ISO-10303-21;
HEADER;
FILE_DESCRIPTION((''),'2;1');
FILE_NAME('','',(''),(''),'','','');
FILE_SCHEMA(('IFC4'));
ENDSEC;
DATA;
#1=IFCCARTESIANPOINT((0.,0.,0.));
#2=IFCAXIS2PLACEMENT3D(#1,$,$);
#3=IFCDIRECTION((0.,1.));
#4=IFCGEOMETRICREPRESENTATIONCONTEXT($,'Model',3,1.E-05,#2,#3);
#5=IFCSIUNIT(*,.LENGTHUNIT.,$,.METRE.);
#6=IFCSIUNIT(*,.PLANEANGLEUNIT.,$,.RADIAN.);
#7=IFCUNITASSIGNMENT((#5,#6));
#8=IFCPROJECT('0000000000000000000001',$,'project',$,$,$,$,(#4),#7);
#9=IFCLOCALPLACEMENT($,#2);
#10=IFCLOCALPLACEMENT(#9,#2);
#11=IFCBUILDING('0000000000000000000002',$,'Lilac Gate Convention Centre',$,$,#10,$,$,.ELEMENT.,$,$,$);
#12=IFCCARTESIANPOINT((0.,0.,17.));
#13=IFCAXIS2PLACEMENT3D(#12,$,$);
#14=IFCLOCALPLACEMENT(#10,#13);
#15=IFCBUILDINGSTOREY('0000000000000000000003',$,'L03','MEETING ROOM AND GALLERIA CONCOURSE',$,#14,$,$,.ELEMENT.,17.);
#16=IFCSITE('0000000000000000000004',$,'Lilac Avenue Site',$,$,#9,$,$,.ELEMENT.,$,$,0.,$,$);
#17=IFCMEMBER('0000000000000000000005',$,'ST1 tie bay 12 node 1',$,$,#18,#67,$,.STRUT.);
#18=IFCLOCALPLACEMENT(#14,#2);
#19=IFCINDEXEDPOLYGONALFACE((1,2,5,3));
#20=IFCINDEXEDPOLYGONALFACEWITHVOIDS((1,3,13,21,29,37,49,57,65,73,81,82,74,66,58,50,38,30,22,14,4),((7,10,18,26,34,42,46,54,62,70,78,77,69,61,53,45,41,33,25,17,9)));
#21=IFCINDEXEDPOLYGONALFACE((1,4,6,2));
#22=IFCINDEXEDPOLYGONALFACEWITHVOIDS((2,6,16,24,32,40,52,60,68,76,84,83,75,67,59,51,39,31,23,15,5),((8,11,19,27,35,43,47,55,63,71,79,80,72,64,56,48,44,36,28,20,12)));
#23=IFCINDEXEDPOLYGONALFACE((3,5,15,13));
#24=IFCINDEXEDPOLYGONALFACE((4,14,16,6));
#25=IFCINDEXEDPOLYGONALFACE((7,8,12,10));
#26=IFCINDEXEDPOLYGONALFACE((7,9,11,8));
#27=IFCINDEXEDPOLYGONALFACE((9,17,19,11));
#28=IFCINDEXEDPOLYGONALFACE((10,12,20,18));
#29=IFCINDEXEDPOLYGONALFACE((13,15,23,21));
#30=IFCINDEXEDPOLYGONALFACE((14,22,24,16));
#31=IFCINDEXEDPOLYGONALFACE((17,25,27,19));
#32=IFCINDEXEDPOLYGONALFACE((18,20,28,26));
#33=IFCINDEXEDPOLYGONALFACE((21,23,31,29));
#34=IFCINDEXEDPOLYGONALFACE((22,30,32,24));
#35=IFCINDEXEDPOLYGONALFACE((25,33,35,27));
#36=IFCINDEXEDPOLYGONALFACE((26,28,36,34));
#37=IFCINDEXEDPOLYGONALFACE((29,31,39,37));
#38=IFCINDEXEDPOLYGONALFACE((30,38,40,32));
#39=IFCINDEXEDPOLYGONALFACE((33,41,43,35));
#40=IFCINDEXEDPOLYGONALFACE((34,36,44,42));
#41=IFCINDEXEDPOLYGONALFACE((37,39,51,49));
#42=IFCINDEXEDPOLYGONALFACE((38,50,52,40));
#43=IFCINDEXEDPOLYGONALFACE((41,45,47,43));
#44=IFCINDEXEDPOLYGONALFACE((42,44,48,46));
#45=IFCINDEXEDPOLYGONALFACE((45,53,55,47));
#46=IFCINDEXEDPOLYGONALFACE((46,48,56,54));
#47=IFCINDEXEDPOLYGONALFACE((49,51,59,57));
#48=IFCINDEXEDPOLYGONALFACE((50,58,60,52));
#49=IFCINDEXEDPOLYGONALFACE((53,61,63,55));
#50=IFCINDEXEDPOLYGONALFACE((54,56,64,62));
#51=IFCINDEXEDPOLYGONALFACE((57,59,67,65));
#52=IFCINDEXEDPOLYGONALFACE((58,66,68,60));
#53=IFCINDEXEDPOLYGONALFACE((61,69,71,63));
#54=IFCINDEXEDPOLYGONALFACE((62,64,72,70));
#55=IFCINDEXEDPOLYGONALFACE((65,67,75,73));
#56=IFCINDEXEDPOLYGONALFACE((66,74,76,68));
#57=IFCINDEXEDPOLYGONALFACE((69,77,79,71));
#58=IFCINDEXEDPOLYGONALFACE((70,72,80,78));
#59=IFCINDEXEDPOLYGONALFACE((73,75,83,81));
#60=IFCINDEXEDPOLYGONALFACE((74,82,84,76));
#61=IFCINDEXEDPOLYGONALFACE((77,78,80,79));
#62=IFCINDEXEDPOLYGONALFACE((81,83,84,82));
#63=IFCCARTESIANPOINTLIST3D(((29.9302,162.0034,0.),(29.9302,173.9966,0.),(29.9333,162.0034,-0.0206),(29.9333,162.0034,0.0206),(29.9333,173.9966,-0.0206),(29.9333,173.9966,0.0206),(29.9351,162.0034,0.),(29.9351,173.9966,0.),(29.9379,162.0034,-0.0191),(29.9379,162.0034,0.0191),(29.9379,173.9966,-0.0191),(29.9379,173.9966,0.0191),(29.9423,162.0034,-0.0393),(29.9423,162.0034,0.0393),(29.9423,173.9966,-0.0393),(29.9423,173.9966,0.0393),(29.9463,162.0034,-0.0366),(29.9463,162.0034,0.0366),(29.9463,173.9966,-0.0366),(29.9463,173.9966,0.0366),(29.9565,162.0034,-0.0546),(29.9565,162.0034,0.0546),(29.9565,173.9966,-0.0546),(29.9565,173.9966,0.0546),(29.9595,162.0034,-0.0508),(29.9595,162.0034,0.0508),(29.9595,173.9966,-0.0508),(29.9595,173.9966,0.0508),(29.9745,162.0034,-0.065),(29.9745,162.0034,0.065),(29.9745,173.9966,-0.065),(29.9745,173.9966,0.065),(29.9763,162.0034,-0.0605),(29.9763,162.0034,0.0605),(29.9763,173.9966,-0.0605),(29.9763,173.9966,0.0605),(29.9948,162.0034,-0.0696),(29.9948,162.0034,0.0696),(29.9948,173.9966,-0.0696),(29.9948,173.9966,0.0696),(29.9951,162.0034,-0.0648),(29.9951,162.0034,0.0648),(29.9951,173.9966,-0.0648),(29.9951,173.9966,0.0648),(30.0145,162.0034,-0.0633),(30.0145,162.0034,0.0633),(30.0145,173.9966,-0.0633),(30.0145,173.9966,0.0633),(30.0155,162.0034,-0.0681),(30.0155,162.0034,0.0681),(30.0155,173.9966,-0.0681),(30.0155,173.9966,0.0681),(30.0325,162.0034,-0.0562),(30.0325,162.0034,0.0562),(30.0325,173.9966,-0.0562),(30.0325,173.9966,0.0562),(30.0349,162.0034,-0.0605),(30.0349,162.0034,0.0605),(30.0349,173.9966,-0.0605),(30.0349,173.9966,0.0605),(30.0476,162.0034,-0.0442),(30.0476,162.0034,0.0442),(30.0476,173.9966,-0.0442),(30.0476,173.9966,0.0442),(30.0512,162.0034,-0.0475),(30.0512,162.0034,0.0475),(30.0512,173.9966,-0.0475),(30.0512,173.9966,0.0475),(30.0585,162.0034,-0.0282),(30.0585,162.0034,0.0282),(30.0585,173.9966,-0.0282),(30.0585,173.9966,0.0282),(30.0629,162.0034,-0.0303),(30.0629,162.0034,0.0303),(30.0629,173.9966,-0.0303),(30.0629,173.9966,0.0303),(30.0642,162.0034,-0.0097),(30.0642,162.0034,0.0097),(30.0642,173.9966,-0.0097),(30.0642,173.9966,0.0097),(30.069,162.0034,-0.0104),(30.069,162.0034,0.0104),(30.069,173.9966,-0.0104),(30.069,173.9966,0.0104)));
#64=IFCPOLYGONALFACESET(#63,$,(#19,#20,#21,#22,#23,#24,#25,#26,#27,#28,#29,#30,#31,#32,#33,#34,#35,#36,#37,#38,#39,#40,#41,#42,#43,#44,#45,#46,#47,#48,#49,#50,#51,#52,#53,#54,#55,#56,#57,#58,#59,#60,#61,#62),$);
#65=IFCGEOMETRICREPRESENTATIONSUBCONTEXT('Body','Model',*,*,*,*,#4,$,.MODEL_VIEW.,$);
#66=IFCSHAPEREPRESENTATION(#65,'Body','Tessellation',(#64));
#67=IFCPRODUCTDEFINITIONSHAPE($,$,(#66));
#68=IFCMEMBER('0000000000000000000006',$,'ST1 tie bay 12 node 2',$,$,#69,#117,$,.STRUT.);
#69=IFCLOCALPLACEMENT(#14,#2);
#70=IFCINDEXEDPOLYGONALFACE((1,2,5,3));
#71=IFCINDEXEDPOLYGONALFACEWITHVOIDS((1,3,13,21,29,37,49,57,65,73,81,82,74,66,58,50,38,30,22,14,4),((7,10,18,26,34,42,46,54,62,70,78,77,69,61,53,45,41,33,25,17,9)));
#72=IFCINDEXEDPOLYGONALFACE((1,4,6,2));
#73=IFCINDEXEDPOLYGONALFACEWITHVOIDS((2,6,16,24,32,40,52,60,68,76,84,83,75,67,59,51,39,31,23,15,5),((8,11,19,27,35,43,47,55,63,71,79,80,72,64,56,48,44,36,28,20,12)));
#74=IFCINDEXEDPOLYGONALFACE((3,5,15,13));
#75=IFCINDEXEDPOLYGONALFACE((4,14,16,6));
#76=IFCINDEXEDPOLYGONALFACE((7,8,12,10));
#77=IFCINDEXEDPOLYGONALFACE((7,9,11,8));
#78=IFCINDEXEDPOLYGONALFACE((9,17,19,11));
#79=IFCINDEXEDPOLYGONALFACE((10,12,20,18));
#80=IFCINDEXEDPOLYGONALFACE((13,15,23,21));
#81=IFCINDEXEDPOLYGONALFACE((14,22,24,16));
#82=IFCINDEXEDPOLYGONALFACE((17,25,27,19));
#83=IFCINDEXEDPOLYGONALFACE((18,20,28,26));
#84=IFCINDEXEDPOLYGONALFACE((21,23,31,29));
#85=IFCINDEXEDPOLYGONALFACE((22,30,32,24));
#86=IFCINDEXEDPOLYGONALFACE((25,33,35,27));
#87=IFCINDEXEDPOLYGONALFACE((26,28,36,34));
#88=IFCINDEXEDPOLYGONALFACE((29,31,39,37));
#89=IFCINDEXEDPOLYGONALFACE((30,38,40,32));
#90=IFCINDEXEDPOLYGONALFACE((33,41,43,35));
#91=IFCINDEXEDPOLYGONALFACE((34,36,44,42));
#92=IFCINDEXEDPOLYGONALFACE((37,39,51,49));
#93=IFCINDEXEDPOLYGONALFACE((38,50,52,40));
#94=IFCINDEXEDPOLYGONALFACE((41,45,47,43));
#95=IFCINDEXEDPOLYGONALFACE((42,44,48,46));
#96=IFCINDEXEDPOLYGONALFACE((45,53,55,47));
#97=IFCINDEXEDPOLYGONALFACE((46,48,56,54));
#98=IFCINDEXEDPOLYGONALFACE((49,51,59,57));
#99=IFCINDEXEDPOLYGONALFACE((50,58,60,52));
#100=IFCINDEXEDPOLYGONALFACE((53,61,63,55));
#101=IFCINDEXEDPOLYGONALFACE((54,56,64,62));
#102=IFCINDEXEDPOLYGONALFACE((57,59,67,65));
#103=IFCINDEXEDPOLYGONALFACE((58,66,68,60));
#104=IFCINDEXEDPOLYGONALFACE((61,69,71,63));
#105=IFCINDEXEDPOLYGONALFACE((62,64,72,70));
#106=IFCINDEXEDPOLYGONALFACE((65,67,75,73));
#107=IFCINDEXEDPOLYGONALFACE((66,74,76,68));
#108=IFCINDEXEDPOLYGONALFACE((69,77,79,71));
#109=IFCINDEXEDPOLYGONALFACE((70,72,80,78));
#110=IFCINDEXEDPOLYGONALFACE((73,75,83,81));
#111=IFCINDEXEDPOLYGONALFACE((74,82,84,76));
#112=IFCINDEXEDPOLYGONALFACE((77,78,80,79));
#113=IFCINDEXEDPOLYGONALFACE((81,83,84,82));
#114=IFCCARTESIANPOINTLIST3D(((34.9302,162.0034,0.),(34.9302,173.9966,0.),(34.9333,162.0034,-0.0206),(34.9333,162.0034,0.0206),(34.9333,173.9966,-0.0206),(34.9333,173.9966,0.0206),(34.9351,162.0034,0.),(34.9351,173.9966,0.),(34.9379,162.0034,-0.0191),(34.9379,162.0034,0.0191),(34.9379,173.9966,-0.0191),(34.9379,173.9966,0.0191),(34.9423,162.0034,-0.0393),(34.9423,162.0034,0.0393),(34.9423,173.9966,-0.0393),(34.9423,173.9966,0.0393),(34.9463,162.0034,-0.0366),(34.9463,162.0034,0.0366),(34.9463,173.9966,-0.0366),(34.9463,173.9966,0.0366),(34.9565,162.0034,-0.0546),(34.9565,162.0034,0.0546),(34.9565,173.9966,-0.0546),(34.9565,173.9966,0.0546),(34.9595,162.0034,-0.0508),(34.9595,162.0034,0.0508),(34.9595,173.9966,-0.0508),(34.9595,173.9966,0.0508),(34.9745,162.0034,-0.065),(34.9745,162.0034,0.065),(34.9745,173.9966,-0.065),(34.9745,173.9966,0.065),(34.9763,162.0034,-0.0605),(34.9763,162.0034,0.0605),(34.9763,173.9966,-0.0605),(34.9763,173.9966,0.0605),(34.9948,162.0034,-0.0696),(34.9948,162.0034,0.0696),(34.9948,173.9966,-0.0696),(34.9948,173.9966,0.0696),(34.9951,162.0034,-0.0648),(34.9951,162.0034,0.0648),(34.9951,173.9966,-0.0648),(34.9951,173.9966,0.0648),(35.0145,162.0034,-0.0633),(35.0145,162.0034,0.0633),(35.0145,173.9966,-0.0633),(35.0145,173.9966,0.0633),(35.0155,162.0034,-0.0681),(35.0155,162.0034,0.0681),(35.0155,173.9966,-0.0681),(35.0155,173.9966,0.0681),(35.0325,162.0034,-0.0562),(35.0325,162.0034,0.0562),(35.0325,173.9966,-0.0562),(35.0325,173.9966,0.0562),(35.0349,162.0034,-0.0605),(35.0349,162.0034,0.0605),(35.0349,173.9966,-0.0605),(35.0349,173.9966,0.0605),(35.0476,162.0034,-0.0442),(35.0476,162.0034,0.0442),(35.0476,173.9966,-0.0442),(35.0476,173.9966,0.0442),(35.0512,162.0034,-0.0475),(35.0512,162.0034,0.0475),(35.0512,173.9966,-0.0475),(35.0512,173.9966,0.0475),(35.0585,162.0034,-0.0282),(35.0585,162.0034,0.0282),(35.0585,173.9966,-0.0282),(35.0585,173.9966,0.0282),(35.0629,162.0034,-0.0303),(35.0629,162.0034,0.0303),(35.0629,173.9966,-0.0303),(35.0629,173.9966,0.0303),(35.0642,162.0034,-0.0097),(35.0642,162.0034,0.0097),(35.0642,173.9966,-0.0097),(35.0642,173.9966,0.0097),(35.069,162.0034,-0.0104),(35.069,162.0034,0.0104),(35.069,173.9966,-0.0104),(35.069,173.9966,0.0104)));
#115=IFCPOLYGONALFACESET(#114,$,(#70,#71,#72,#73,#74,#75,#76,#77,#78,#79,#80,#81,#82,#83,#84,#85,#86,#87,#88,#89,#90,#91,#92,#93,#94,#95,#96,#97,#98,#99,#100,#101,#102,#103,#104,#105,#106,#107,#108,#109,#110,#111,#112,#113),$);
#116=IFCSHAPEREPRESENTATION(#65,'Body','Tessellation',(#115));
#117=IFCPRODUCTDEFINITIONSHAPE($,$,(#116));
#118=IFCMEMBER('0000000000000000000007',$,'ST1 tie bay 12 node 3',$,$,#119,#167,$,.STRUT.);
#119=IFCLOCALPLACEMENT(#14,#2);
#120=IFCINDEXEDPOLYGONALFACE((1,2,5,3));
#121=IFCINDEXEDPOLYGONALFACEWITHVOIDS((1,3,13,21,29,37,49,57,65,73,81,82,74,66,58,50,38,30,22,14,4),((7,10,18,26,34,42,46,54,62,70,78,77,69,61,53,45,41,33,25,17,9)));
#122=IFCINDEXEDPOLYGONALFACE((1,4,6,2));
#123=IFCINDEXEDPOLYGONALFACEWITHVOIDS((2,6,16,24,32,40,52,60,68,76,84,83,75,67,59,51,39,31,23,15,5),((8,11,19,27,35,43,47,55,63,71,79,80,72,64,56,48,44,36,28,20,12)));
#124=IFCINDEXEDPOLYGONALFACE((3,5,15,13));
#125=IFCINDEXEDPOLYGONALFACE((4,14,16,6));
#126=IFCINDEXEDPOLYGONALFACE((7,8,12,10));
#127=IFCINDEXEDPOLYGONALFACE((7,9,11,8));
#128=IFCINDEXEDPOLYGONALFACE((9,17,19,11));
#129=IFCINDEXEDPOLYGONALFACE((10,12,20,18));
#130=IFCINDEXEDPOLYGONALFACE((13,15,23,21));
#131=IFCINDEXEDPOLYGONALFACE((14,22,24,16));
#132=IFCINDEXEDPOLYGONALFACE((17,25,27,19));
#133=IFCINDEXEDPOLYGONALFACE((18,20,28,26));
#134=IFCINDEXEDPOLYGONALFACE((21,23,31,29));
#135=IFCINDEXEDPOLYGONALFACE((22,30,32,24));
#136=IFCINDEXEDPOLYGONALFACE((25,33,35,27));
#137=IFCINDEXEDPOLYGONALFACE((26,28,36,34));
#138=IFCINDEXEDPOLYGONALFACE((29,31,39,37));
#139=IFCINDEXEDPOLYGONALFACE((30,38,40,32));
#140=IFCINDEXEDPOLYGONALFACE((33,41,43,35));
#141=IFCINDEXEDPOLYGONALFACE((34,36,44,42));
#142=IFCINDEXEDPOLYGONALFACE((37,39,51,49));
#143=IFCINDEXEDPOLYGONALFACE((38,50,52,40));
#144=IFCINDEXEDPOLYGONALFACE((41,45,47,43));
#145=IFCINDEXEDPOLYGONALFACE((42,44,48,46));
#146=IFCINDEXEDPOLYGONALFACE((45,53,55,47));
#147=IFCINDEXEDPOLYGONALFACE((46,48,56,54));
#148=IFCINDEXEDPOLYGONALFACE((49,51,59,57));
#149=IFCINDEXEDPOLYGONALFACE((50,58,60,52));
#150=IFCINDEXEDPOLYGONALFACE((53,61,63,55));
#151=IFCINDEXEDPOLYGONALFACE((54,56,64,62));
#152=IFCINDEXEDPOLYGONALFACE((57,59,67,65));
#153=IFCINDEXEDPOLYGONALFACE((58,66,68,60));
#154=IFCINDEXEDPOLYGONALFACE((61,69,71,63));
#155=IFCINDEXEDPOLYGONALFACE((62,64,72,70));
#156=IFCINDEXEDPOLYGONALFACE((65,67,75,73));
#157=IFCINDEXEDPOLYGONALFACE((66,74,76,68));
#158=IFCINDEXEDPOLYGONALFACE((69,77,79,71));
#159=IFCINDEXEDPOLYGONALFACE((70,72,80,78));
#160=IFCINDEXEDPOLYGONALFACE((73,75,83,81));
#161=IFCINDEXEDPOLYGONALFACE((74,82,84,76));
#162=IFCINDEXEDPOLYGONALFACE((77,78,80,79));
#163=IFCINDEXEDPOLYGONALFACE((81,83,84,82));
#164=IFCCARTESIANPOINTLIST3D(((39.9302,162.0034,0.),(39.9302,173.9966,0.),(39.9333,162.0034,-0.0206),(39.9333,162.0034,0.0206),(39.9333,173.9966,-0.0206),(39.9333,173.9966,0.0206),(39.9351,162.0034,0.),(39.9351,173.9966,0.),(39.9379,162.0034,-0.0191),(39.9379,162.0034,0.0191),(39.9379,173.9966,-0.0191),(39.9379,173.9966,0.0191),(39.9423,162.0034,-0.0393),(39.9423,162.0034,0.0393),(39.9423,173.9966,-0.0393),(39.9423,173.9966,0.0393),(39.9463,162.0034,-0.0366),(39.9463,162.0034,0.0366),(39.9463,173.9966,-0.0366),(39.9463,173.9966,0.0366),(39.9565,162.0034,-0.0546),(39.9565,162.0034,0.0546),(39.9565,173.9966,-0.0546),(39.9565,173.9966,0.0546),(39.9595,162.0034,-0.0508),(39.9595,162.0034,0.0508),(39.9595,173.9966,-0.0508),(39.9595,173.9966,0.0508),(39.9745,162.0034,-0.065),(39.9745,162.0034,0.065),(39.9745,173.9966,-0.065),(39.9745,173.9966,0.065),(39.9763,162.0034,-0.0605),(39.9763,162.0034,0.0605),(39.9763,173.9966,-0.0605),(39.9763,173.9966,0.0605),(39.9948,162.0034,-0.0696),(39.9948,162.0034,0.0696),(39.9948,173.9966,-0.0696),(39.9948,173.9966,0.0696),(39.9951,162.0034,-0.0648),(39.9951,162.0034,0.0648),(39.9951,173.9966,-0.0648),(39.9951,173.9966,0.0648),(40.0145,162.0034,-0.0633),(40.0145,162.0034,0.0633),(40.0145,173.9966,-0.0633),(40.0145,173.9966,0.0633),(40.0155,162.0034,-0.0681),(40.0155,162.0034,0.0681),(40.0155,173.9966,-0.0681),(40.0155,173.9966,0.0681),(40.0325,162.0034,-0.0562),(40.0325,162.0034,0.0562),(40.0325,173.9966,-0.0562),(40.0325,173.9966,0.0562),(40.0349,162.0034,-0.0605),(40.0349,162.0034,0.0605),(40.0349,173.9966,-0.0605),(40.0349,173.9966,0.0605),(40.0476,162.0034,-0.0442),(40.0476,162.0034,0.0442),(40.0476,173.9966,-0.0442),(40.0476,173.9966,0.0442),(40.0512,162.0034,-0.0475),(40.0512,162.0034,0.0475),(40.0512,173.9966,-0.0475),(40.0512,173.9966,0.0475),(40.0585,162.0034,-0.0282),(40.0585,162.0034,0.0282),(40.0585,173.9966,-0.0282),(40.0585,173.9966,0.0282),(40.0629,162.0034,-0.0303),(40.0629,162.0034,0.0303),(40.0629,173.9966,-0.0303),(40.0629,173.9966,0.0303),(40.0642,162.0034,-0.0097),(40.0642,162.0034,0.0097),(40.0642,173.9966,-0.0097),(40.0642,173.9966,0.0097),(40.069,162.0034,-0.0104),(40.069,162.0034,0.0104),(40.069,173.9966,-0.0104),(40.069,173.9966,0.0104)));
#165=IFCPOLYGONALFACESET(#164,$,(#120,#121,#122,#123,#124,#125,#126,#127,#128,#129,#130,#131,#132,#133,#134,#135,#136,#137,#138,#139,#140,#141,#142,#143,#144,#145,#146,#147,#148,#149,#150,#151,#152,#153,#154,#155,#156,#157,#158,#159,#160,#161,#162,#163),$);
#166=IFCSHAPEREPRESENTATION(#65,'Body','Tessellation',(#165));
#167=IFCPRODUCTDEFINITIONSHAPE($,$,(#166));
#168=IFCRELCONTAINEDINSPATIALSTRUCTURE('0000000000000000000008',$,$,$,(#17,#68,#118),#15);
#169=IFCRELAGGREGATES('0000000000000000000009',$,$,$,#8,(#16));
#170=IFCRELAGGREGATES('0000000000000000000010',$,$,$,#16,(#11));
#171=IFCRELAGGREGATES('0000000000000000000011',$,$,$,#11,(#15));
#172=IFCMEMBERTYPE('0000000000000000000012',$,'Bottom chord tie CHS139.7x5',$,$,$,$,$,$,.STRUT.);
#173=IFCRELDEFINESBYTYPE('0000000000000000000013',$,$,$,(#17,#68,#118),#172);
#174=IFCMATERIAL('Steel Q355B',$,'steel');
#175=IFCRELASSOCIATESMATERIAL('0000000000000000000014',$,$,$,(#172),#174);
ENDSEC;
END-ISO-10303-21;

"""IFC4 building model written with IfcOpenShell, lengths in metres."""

from ifc_helpers import new_model, si_unit, direction, frame, origin, origin_2d, place, context, subcontext, project, spatial, hollow_circle, extrude, material, material_profile, profile_set, type_object, element, save


model = new_model("IFC4")

# Units and contexts
model_context = context("Model", 3, precision=1e-05, world=origin(), true_north=direction((0.0, 1.0)))
body_context = subcontext(model_context, "Body", "Model", "MODEL_VIEW")
ifc_project = project(units=[si_unit("LENGTHUNIT", "METRE"), si_unit("PLANEANGLEUNIT", "RADIAN")], contexts=[model_context])

# Site, building, storey
site_placement = place(None, origin())
site = spatial("IfcSite", under=ifc_project, at=site_placement, Name="Lilac Avenue Site", CompositionType="ELEMENT", RefElevation=0.0)
building_placement = place(site_placement, origin())
building = spatial("IfcBuilding", under=site, at=building_placement, Name="Lilac Gate Convention Centre", CompositionType="ELEMENT")
storey_placement = place(building_placement, frame((0.0, 0.0, 17.0)))
storey = spatial("IfcBuildingStorey", under=building, at=storey_placement, Name="L03", Description="MEETING ROOM AND GALLERIA CONCOURSE", CompositionType="ELEMENT", Elevation=17.0)

# Shared definitions
ifc_material = material(Name="Steel Q355B", Category="steel")

# Members
ifc_material_profile_1 = material_profile(ifc_material, hollow_circle(Radius=0.0698, WallThickness=0.0049, at=origin_2d()), Name="CHS139.7x5")
ifc_profile_set_1 = profile_set([ifc_material_profile_1], Name="Steel Q355B")
member_type_1 = type_object("IfcMemberType", Name="Bottom chord tie CHS139.7x5", PredefinedType="STRUT", material=ifc_profile_set_1)
for number, where, z_axis, x_axis, name in (
    (1, (30.0, 162.0034, 0.0), (0.0, 1.0, 0.0), (-1.0, 0.0, 0.0), "ST1 tie bay 12 node 1"),
    (2, (35.0, 162.0034, 0.0), (0.0, 1.0, 0.0), (-1.0, 0.0, 0.0), "ST1 tie bay 12 node 2"),
    (3, (40.0, 162.0034, 0.0), (0.0, 1.0, 0.0), (-1.0, 0.0, 0.0), "ST1 tie bay 12 node 3"),
):
    element("IfcMember", number, at=place(storey_placement, frame(where, z_axis=z_axis, x_axis=x_axis)), inside=storey, type_object=member_type_1, Name=name, PredefinedType="STRUT", context=body_context, shape_type="SweptSolid", body=[
        extrude(hollow_circle(Radius=0.0698, WallThickness=0.0049, at=origin_2d()), origin(), (0.0, 0.0, 1.0), 11.9932),
    ])

save(model, "model.ifc")
